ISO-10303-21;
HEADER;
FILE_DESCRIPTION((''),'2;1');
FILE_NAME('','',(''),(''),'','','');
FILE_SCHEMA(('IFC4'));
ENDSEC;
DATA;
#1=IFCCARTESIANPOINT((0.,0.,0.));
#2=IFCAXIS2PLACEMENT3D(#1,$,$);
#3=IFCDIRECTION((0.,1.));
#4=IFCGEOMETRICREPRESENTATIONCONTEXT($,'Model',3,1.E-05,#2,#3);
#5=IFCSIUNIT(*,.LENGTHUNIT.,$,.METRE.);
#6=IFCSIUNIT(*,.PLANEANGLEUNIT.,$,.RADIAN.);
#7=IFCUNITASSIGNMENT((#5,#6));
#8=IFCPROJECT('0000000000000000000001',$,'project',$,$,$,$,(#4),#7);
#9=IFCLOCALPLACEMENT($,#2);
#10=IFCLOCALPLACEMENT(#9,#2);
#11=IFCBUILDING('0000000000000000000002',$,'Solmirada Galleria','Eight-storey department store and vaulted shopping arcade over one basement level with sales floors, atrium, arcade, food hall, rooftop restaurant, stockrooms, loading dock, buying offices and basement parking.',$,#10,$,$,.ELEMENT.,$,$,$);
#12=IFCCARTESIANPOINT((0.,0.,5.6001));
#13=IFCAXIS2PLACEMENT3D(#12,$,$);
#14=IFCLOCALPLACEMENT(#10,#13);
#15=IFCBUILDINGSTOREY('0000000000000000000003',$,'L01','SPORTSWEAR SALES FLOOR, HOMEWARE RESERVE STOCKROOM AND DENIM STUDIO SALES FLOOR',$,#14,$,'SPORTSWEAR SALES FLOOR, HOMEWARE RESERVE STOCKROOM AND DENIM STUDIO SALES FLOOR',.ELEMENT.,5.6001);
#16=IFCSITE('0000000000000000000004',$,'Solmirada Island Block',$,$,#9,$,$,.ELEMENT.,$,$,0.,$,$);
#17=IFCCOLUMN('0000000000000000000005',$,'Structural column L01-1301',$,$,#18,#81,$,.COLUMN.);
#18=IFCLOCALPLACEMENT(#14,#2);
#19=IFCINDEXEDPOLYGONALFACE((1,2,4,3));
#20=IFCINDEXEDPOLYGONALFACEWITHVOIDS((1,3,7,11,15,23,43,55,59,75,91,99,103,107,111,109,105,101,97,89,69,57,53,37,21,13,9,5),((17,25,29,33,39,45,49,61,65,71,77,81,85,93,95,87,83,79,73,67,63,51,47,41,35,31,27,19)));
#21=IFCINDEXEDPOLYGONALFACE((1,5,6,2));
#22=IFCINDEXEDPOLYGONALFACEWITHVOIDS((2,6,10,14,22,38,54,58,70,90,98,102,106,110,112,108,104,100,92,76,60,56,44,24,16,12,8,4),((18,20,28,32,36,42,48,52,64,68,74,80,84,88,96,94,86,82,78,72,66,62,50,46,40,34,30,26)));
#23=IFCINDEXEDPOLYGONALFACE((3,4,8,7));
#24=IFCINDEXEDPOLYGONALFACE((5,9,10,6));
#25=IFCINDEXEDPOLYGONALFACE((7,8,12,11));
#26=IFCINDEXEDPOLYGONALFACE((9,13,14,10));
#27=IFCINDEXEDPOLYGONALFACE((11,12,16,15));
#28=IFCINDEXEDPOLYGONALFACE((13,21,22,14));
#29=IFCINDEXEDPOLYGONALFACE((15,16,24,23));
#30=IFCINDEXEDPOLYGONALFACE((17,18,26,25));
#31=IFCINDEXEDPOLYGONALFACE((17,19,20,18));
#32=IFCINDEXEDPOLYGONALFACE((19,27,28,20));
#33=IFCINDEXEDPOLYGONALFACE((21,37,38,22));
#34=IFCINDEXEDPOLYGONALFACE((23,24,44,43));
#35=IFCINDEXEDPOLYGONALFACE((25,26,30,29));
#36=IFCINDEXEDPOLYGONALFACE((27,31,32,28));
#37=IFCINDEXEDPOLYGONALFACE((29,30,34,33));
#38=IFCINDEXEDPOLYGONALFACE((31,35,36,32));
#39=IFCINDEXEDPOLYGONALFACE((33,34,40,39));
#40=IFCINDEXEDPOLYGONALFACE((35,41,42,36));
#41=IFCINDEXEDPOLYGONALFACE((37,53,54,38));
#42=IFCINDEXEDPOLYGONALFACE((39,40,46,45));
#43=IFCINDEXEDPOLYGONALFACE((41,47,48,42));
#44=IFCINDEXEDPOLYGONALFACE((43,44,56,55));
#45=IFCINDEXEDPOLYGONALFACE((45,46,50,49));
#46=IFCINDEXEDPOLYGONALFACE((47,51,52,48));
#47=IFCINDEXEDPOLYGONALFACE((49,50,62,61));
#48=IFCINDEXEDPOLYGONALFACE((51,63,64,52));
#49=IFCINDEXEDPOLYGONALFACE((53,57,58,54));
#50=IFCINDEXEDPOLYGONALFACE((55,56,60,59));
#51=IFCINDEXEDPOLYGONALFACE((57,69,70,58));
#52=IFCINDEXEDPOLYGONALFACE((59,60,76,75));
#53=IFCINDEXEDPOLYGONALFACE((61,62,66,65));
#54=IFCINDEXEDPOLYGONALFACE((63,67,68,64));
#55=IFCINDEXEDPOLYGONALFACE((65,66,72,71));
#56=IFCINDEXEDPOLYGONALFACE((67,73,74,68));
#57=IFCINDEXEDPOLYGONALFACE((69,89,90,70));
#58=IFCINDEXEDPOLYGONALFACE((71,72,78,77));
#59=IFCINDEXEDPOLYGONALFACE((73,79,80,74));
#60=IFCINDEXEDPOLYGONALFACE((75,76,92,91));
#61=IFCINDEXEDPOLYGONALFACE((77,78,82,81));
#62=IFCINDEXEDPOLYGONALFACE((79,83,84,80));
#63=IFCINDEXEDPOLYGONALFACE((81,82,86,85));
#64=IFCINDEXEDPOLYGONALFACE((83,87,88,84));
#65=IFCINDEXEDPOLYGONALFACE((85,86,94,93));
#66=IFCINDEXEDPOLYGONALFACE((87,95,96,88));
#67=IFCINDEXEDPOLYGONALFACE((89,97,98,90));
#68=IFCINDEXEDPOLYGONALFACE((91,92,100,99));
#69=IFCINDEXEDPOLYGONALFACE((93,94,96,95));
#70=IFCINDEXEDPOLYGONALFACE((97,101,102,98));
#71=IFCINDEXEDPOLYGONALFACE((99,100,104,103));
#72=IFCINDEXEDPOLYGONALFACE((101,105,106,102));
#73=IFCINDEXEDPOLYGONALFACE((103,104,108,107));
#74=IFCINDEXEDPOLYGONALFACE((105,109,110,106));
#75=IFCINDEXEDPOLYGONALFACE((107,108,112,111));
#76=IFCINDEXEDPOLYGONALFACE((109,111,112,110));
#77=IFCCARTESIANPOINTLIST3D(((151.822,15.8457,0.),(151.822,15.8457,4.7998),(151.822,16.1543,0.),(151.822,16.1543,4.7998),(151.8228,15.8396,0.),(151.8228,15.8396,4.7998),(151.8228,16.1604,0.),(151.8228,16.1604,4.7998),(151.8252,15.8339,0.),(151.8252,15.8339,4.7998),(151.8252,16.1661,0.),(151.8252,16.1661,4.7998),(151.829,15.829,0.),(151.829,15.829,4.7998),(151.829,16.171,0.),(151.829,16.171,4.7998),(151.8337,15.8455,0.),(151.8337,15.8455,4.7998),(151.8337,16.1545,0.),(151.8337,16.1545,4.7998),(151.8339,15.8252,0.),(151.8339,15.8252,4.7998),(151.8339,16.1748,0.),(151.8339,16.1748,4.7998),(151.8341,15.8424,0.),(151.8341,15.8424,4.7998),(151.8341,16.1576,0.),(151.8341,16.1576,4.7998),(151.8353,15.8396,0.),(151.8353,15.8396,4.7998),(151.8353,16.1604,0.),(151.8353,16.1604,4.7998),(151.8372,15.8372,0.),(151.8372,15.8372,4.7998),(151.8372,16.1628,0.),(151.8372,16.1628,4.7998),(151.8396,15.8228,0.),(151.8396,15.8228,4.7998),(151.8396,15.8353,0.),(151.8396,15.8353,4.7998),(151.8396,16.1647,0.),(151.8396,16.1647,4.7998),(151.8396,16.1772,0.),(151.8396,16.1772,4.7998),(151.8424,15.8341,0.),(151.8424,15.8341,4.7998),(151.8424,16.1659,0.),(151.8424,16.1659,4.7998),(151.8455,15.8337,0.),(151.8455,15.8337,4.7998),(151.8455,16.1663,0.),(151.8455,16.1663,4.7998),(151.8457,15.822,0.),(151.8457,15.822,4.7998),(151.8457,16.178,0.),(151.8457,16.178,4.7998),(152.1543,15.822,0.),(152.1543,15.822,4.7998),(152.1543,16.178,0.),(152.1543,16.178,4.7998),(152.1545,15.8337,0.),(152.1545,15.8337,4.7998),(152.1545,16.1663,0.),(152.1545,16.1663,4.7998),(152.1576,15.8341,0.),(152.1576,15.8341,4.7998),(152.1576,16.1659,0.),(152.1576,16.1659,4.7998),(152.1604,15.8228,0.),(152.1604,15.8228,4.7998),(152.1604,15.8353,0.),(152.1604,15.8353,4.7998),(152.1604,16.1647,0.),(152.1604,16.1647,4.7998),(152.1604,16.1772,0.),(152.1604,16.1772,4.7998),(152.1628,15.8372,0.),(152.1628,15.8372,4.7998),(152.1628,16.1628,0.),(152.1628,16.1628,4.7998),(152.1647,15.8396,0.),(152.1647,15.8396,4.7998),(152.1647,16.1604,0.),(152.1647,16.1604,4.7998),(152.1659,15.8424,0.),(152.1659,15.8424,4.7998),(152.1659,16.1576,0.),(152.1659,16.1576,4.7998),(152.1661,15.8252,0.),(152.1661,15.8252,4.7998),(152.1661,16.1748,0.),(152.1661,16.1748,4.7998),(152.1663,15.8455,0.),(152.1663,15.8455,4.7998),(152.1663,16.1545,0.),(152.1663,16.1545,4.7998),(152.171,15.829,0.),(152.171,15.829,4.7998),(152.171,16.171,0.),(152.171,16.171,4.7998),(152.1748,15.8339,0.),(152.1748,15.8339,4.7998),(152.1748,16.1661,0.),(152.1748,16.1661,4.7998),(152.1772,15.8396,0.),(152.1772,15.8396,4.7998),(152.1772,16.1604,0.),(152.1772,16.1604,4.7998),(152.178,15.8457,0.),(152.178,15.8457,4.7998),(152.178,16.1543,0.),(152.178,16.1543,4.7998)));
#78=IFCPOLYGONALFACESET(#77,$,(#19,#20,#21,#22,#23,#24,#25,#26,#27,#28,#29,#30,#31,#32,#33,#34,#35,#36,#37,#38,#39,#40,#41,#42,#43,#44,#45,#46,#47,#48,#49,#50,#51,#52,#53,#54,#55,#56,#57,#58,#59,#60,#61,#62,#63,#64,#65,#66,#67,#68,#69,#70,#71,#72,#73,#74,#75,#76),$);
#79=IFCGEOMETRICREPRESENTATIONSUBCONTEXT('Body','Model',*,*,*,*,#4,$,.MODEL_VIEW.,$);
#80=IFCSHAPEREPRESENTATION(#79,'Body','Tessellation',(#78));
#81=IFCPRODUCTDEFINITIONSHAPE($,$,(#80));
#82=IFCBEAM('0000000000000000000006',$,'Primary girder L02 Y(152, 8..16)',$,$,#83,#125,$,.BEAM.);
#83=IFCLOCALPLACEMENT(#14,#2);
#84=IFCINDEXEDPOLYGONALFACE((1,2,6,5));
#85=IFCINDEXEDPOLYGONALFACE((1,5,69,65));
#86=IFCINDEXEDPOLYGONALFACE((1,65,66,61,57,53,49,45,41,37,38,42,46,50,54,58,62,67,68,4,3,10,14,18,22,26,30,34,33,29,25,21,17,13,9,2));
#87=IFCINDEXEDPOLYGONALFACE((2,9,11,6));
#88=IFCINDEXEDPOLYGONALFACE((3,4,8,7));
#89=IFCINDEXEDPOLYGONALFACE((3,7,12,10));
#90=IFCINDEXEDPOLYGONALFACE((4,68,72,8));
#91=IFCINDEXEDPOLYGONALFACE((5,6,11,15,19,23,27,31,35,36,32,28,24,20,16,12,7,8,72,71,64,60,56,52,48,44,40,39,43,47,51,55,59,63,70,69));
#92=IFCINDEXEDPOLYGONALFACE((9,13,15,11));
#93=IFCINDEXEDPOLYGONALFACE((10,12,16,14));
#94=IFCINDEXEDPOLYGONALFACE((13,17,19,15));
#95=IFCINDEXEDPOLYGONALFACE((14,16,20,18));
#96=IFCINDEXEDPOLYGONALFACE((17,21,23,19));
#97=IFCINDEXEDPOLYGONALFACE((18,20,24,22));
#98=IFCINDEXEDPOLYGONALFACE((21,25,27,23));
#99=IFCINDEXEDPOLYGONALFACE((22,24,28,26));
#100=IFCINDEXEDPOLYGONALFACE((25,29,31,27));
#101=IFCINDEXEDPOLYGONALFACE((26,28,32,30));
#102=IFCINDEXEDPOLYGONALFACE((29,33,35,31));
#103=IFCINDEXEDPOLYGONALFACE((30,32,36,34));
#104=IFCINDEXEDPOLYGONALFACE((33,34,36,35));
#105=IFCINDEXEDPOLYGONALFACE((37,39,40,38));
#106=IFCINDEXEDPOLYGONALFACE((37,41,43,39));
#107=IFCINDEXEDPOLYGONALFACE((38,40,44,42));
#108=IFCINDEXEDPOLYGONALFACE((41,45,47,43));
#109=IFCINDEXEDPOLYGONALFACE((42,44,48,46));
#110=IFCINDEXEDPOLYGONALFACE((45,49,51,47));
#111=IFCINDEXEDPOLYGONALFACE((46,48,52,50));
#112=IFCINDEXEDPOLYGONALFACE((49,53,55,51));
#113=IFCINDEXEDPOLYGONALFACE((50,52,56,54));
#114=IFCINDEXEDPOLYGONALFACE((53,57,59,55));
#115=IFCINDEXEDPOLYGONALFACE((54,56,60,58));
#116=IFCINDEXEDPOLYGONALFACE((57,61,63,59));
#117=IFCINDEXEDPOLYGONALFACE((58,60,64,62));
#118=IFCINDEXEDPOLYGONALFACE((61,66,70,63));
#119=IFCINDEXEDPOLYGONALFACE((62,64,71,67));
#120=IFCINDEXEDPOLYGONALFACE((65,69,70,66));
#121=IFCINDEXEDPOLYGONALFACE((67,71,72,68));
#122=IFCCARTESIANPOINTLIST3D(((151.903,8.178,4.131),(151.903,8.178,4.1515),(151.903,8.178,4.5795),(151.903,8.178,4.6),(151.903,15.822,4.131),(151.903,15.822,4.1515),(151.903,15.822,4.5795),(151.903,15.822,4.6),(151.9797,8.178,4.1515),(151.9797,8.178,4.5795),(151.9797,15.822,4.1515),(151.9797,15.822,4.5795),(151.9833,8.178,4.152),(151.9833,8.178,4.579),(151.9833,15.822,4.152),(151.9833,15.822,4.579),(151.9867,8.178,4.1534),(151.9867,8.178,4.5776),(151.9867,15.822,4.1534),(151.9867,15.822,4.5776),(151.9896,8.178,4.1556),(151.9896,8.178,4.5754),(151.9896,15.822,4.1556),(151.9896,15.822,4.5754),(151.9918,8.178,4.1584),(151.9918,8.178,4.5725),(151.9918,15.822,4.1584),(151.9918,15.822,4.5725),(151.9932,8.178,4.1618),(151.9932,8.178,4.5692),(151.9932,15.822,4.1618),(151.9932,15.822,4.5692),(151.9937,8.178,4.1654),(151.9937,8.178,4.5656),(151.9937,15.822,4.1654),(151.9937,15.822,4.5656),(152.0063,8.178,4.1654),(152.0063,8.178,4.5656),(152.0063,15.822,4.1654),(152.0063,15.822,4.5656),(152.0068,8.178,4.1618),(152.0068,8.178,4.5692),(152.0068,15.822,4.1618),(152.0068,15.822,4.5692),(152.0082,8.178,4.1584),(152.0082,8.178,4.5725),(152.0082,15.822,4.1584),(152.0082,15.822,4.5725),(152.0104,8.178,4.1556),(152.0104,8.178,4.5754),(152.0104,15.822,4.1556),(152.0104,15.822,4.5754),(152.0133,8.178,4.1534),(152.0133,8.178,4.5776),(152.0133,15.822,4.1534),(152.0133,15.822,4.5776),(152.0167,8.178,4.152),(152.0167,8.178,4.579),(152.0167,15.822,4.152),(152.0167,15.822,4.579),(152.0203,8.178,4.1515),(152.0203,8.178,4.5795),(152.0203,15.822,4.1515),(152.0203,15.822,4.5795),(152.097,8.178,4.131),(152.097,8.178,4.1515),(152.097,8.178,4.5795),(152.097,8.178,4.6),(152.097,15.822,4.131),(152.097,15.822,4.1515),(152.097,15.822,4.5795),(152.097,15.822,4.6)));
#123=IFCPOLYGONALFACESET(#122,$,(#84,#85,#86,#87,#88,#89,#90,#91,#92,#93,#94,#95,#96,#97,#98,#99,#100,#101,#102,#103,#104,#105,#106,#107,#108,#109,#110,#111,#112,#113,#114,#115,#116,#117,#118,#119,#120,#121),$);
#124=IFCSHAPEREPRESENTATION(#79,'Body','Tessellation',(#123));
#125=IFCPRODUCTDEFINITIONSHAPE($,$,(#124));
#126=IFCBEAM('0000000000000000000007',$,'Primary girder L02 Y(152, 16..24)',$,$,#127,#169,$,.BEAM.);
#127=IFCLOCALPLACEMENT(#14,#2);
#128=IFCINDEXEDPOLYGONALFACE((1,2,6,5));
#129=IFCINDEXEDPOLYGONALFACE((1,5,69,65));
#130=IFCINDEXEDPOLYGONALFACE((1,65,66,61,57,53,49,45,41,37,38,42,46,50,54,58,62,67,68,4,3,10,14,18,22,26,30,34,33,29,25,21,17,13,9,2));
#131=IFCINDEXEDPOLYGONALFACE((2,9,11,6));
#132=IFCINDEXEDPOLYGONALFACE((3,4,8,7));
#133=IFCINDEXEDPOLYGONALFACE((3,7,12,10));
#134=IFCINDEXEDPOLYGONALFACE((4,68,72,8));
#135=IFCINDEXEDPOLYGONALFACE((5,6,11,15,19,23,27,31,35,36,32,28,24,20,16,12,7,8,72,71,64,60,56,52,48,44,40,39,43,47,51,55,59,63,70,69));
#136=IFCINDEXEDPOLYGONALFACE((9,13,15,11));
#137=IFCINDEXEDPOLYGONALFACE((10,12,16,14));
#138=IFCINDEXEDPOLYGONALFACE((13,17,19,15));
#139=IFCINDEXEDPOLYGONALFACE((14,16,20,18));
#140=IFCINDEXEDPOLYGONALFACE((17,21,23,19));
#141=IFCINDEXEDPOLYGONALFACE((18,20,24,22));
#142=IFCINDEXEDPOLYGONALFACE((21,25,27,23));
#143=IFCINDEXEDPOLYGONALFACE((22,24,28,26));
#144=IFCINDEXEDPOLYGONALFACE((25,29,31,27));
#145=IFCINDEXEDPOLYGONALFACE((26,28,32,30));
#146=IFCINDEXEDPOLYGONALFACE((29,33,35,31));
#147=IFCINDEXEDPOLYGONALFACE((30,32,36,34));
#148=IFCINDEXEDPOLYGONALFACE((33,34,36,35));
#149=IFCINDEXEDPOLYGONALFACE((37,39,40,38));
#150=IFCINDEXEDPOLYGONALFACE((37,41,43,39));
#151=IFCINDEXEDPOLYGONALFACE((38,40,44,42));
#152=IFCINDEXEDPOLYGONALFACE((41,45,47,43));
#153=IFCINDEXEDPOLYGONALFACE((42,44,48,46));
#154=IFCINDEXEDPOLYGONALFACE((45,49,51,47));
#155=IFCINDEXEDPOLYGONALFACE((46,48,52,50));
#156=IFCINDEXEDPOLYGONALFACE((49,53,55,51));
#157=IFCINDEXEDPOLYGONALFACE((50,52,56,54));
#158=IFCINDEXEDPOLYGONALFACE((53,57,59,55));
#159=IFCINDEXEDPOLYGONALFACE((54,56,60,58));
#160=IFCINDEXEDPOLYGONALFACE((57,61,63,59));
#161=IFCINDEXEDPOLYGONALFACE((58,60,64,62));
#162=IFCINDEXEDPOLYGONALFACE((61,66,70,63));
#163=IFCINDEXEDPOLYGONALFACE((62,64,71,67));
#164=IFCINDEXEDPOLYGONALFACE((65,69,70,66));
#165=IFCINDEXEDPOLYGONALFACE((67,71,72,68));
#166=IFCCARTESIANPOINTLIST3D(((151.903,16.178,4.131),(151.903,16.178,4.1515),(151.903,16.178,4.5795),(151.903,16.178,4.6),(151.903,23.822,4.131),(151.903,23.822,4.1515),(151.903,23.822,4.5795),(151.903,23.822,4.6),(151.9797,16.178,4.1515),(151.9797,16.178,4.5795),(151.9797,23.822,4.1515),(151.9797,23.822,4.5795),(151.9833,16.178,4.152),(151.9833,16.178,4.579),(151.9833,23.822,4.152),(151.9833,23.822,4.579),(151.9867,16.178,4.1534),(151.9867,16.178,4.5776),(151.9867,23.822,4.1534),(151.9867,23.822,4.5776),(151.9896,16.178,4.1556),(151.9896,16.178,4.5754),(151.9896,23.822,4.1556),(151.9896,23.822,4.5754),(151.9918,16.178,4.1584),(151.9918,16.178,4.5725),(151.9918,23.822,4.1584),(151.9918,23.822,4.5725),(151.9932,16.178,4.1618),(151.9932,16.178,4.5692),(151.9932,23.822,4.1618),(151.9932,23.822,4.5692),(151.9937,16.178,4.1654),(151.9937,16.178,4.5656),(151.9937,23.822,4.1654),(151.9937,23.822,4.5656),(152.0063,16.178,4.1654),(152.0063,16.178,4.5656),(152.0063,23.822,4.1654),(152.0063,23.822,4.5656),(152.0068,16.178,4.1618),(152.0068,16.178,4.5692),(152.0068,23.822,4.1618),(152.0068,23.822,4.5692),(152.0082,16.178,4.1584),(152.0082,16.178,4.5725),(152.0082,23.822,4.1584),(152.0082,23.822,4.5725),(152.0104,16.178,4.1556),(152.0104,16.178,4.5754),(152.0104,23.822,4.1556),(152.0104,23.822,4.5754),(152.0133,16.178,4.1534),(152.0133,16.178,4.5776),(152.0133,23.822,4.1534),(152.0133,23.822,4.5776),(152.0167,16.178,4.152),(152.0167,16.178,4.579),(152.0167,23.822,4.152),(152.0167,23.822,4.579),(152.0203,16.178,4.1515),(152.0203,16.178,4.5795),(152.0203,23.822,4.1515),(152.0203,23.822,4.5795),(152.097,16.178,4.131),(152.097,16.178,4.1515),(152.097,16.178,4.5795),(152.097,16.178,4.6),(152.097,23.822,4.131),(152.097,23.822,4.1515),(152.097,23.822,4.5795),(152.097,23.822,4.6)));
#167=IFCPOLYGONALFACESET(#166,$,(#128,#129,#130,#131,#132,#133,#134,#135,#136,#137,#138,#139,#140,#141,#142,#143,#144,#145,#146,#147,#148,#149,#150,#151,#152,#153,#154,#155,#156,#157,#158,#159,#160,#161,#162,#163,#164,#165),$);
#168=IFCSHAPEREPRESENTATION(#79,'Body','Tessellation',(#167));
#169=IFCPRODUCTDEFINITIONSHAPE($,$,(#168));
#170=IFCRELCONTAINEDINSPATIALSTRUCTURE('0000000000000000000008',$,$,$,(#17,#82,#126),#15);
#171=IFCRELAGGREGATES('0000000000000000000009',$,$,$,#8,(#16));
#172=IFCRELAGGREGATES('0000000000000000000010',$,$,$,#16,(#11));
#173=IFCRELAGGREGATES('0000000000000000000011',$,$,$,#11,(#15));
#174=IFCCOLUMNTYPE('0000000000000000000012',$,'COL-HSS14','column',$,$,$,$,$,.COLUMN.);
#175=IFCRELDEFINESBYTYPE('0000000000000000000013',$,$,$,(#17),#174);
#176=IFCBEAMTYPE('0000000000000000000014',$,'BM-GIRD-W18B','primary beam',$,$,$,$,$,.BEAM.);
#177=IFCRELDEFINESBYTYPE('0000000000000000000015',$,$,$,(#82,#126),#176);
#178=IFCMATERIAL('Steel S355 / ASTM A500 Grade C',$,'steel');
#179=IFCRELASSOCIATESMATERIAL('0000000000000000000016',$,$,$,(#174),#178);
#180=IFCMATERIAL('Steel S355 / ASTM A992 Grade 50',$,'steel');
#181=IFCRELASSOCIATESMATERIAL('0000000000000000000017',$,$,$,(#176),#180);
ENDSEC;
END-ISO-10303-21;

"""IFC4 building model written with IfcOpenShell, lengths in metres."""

from ifc_helpers import new_model, si_unit, direction, frame, origin, origin_2d, place, context, subcontext, project, spatial, hollow_rectangle, i_section, extrude, material, material_profile, profile_set, type_object, element, save


model = new_model("IFC4")

# Units and contexts
model_context = context("Model", 3, precision=1e-05, world=origin(), true_north=direction((0.0, 1.0)))
body_context = subcontext(model_context, "Body", "Model", "MODEL_VIEW")
ifc_project = project(units=[si_unit("LENGTHUNIT", "METRE"), si_unit("PLANEANGLEUNIT", "RADIAN")], contexts=[model_context])

# Site, building, storey
site_placement = place(None, origin())
site = spatial("IfcSite", under=ifc_project, at=site_placement, Name="Solmirada Island Block", CompositionType="ELEMENT", RefElevation=0.0)
building_placement = place(site_placement, origin())
building = spatial("IfcBuilding", under=site, at=building_placement, Name="Solmirada Galleria", Description="Eight-storey department store and vaulted shopping arcade over one basement level with sales floors, atrium, arcade, food hall, rooftop restaurant, stockrooms, loading dock, buying offices and basement parking.", CompositionType="ELEMENT")
storey_placement = place(building_placement, frame((0.0, 0.0, 5.6001)))
storey = spatial("IfcBuildingStorey", under=building, at=storey_placement, Name="L01", Description="SPORTSWEAR SALES FLOOR, HOMEWARE RESERVE STOCKROOM AND DENIM STUDIO SALES FLOOR", LongName="SPORTSWEAR SALES FLOOR, HOMEWARE RESERVE STOCKROOM AND DENIM STUDIO SALES FLOOR", CompositionType="ELEMENT", Elevation=5.6001)

# Column
ifc_material_1 = material(Name="Steel S355 / ASTM A500 Grade C", Category="steel")
ifc_material_profile_1 = material_profile(ifc_material_1, hollow_rectangle(XDim=0.356, YDim=0.356, WallThickness=0.0117, InnerFilletRadius=0.0117, OuterFilletRadius=0.0237, at=origin_2d()), Name="HSS14X14X1/2")
ifc_profile_set_1 = profile_set([ifc_material_profile_1], Name="Steel S355 / ASTM A500 Grade C")
column_type = type_object("IfcColumnType", Name="COL-HSS14", Description="column", PredefinedType="COLUMN", material=ifc_profile_set_1)
for number, where, z_axis, x_axis, name in (
    (1, (152.0, 16.0, 0.0), (0.0, 0.0, 1.0), (1.0, 0.0, 0.0), "Structural column L01-1301"),
):
    element("IfcColumn", number, at=place(storey_placement, frame(where, z_axis=z_axis, x_axis=x_axis)), inside=storey, type_object=column_type, Name=name, PredefinedType="COLUMN", context=body_context, shape_type="SweptSolid", body=[
        extrude(hollow_rectangle(XDim=0.356, YDim=0.356, WallThickness=0.0117, InnerFilletRadius=0.0117, OuterFilletRadius=0.0237, at=origin_2d()), origin(), (0.0, 0.0, 1.0), 4.7998),
    ])

# Beams
ifc_material_2 = material(Name="Steel S355 / ASTM A992 Grade 50", Category="steel")
ifc_material_profile_2 = material_profile(ifc_material_2, i_section(OverallWidth=0.1941, OverallDepth=0.469, WebThickness=0.0127, FlangeThickness=0.0205, FilletRadius=0.0139, at=origin_2d()), Name="W18X71")
ifc_profile_set_2 = profile_set([ifc_material_profile_2], Name="Steel S355 / ASTM A992 Grade 50")
beam_type_1 = type_object("IfcBeamType", Name="BM-GIRD-W18B", Description="primary beam", PredefinedType="BEAM", material=ifc_profile_set_2)
for number, where, z_axis, x_axis, name in (
    (2, (152.0, 8.178, 4.3655), (0.0, 1.0, 0.0), (-1.0, 0.0, 0.0), "Primary girder L02 Y(152, 8..16)"),
    (3, (152.0, 16.178, 4.3655), (0.0, 1.0, 0.0), (-1.0, 0.0, 0.0), "Primary girder L02 Y(152, 16..24)"),
):
    element("IfcBeam", number, at=place(storey_placement, frame(where, z_axis=z_axis, x_axis=x_axis)), inside=storey, type_object=beam_type_1, Name=name, PredefinedType="BEAM", context=body_context, shape_type="SweptSolid", body=[
        extrude(i_section(OverallWidth=0.1941, OverallDepth=0.469, WebThickness=0.0127, FlangeThickness=0.0205, FilletRadius=0.0139, at=origin_2d()), origin(), (0.0, 0.0, 1.0), 7.644),
    ])

save(model, "model.ifc")
